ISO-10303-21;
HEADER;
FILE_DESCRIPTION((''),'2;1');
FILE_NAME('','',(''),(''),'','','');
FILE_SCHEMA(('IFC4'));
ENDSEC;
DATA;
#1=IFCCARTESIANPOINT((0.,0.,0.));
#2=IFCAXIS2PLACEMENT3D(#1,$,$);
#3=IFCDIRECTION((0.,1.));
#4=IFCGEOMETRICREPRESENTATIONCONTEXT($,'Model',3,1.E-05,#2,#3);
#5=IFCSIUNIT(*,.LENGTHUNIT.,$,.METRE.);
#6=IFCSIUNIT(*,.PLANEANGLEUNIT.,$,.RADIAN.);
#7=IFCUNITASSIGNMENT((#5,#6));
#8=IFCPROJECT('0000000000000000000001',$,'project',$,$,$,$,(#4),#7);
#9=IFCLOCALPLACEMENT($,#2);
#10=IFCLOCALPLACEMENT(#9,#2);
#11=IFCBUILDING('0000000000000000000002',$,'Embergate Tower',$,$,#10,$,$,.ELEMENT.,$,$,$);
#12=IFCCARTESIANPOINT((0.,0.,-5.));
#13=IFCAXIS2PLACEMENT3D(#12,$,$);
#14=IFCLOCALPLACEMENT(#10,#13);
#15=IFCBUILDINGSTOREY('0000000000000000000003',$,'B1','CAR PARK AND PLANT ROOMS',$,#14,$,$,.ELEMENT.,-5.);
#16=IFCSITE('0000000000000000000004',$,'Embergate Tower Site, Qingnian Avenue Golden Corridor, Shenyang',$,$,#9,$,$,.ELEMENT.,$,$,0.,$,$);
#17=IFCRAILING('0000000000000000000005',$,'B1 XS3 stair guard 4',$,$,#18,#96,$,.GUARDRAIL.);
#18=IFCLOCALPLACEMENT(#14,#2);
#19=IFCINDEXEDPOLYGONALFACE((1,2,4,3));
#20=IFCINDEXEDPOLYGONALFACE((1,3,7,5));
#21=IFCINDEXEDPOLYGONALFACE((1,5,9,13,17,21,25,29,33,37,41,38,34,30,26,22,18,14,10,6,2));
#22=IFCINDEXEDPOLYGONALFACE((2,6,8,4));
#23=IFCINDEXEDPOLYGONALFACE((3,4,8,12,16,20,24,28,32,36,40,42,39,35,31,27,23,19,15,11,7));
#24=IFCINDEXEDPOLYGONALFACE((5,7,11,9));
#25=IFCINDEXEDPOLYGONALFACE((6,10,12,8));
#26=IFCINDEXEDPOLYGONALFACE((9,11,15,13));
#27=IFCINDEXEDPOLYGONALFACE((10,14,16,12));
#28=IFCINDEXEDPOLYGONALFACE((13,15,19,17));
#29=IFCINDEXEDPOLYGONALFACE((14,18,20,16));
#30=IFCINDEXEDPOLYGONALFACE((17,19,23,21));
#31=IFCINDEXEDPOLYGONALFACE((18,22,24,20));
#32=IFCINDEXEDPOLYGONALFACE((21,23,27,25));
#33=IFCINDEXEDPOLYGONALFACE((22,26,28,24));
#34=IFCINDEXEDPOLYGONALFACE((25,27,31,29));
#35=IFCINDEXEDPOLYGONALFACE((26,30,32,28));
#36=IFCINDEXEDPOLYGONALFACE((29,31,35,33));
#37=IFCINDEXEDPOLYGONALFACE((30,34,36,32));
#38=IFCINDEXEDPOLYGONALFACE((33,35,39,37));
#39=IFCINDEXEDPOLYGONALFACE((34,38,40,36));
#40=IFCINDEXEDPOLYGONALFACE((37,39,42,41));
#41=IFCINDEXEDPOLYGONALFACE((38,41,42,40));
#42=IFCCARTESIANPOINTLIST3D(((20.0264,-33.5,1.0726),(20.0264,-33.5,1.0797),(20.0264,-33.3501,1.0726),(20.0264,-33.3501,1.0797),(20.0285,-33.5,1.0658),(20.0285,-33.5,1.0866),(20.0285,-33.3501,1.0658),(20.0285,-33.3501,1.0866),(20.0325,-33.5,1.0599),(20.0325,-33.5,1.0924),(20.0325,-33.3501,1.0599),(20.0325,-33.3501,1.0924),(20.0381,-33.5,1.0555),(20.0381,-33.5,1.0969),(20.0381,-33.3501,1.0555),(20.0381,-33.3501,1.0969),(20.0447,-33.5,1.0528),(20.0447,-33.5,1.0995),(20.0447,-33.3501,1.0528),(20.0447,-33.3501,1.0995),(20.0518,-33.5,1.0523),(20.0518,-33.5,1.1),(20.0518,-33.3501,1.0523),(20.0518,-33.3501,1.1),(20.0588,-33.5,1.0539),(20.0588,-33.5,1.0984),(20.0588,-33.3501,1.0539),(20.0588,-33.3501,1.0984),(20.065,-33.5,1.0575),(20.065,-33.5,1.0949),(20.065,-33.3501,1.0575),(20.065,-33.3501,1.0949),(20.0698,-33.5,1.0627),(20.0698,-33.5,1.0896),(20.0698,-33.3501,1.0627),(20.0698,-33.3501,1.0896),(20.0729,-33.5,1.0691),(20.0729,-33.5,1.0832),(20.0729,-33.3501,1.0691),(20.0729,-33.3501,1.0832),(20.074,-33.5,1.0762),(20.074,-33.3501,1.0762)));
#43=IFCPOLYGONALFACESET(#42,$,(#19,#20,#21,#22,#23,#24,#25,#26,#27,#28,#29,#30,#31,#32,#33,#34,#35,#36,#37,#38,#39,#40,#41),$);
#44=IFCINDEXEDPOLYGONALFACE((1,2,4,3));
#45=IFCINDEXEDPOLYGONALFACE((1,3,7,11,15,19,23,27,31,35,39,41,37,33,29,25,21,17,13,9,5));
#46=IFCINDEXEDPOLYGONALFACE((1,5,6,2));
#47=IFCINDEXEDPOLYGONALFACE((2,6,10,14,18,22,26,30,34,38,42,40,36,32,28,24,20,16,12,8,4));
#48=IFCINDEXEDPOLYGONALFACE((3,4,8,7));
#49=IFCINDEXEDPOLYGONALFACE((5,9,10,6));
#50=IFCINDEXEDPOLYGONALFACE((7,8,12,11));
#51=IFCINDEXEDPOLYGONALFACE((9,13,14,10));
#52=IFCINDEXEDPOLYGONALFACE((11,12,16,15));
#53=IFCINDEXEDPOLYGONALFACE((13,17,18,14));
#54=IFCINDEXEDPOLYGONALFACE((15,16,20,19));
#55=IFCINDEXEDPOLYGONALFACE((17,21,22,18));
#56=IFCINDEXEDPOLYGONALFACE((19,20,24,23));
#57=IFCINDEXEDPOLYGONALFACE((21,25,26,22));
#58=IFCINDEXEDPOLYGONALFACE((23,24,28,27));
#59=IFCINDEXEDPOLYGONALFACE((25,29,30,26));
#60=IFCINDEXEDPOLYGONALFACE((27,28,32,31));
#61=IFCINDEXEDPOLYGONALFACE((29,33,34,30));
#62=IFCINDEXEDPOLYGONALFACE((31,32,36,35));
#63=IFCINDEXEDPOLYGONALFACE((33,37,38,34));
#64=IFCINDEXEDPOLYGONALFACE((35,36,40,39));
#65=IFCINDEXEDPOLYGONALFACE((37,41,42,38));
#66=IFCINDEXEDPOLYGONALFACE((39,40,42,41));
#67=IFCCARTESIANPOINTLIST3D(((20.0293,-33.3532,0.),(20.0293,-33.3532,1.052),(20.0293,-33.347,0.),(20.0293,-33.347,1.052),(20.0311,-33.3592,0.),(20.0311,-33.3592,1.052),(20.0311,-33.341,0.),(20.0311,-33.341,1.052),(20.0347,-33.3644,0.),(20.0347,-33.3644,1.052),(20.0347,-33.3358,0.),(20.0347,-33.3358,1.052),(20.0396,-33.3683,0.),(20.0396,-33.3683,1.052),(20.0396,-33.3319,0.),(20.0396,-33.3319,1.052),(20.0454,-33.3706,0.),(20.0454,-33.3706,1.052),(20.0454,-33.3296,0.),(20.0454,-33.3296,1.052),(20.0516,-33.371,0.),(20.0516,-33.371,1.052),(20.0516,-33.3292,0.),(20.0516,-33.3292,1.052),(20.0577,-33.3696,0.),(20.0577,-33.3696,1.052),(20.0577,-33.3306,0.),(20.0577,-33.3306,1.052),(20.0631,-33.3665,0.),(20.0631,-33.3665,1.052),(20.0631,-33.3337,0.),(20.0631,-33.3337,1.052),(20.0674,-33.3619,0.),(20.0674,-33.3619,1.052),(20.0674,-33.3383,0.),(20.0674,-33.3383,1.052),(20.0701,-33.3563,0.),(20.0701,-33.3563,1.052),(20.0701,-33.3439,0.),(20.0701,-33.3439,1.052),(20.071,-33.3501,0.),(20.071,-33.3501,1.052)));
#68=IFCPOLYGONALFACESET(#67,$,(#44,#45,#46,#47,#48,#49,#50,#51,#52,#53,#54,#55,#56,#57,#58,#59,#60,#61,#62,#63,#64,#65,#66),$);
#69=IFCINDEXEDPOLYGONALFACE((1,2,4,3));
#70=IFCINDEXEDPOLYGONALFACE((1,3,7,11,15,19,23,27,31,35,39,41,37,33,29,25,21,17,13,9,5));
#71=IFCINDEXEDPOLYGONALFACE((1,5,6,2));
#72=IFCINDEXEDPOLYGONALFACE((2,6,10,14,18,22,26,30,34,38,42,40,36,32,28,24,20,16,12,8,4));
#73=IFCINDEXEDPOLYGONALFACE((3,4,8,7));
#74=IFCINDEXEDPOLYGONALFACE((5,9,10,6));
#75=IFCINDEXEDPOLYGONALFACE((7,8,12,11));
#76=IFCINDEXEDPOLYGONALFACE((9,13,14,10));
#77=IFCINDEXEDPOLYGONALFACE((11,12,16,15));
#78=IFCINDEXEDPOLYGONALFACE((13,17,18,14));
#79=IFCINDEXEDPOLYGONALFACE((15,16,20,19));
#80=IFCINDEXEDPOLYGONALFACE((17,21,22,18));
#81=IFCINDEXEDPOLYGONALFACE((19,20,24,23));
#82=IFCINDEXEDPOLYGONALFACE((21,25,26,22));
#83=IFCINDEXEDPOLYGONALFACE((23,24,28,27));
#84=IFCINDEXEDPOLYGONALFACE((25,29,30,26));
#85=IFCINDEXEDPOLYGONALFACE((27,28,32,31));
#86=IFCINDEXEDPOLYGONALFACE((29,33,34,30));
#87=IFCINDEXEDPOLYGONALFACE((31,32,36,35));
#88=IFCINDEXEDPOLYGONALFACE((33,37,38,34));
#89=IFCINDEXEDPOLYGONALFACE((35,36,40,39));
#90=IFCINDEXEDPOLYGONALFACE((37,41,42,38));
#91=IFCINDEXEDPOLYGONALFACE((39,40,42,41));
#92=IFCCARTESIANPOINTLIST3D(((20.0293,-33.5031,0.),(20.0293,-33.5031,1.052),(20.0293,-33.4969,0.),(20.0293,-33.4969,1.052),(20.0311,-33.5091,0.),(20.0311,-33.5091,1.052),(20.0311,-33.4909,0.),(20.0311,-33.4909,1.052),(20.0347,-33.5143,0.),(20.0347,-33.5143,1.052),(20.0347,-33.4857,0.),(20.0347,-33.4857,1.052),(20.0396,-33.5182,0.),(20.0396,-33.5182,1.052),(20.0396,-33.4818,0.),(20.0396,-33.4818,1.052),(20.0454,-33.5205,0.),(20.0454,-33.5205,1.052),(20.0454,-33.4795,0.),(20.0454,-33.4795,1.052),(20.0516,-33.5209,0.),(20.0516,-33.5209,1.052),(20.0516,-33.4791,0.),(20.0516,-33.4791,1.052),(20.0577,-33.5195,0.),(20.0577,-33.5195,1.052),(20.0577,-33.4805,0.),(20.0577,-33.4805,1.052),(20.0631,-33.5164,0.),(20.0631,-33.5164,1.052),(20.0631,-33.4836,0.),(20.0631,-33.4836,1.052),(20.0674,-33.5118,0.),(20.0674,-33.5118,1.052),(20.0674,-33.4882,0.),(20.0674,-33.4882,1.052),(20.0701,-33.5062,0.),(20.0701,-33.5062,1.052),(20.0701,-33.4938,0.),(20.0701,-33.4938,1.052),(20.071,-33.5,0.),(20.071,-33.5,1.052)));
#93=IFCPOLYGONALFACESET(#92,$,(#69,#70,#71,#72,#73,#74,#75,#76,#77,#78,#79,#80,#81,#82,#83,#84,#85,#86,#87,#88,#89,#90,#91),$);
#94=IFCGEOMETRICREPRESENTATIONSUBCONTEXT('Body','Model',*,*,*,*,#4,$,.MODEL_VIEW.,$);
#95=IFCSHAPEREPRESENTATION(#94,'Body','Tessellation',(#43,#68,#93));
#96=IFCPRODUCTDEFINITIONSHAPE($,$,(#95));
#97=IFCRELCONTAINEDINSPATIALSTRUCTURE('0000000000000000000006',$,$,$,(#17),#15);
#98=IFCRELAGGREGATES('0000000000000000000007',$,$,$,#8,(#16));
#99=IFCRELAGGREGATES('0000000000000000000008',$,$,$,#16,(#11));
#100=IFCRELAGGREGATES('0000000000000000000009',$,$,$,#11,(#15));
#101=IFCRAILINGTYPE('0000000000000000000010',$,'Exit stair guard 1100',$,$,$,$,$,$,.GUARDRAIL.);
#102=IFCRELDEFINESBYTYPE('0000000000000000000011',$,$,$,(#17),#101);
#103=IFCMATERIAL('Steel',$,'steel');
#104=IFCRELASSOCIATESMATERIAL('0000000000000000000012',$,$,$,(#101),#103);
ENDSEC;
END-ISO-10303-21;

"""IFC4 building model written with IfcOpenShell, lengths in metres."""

from ifc_helpers import new_model, si_unit, direction, frame, origin, origin_2d, place, context, subcontext, project, spatial, circle, extrude, source, transform, mapped, material, type_object, element, save


model = new_model("IFC4")

# Units and contexts
model_context = context("Model", 3, precision=1e-05, world=origin(), true_north=direction((0.0, 1.0)))
body_context = subcontext(model_context, "Body", "Model", "MODEL_VIEW")
ifc_project = project(units=[si_unit("LENGTHUNIT", "METRE"), si_unit("PLANEANGLEUNIT", "RADIAN")], contexts=[model_context])

# Site, building, storey
site_placement = place(None, origin())
site = spatial("IfcSite", under=ifc_project, at=site_placement, Name="Embergate Tower Site, Qingnian Avenue Golden Corridor, Shenyang", CompositionType="ELEMENT", RefElevation=0.0)
building_placement = place(site_placement, origin())
building = spatial("IfcBuilding", under=site, at=building_placement, Name="Embergate Tower", CompositionType="ELEMENT")
storey_placement = place(building_placement, frame((0.0, 0.0, -5.0)))
storey = spatial("IfcBuildingStorey", under=building, at=storey_placement, Name="B1", Description="CAR PARK AND PLANT ROOMS", CompositionType="ELEMENT", Elevation=-5.0)

# Railing
ifc_material_1 = material(Name="Steel", Category="steel")
railing_type_1 = type_object("IfcRailingType", Name="Exit stair guard 1100", PredefinedType="GUARDRAIL", material=ifc_material_1)
shared_shape_1 = source(origin(), body_context, "Body", "SweptSolid", [
    extrude(circle(Radius=0.0239, at=origin_2d()), frame((0.0, 0.0, 1.0762), z_axis=(0.0, -1.0, 0.0), x_axis=(1.0, 0.0, 0.0)), (0.0, 0.0, 1.0), 0.1499),
    extrude(circle(Radius=0.021, at=origin_2d()), origin(), (0.0, 0.0, 1.0), 1.052),
    extrude(circle(Radius=0.021, at=origin_2d()), frame((0.0, -0.1499, 0.0)), (0.0, 0.0, 1.0), 1.052),
])
for number, where, name in (
    (1, (20.05, -33.3501, 0.0), "B1 XS3 stair guard 4"),
):
    element("IfcRailing", number, at=place(storey_placement, frame(where)), inside=storey, type_object=railing_type_1, Name=name, PredefinedType="GUARDRAIL", context=body_context, shape_type="MappedRepresentation", body=[
        mapped(shared_shape_1, transform((0.0, 0.0, 0.0))),
    ])

save(model, "model.ifc")
